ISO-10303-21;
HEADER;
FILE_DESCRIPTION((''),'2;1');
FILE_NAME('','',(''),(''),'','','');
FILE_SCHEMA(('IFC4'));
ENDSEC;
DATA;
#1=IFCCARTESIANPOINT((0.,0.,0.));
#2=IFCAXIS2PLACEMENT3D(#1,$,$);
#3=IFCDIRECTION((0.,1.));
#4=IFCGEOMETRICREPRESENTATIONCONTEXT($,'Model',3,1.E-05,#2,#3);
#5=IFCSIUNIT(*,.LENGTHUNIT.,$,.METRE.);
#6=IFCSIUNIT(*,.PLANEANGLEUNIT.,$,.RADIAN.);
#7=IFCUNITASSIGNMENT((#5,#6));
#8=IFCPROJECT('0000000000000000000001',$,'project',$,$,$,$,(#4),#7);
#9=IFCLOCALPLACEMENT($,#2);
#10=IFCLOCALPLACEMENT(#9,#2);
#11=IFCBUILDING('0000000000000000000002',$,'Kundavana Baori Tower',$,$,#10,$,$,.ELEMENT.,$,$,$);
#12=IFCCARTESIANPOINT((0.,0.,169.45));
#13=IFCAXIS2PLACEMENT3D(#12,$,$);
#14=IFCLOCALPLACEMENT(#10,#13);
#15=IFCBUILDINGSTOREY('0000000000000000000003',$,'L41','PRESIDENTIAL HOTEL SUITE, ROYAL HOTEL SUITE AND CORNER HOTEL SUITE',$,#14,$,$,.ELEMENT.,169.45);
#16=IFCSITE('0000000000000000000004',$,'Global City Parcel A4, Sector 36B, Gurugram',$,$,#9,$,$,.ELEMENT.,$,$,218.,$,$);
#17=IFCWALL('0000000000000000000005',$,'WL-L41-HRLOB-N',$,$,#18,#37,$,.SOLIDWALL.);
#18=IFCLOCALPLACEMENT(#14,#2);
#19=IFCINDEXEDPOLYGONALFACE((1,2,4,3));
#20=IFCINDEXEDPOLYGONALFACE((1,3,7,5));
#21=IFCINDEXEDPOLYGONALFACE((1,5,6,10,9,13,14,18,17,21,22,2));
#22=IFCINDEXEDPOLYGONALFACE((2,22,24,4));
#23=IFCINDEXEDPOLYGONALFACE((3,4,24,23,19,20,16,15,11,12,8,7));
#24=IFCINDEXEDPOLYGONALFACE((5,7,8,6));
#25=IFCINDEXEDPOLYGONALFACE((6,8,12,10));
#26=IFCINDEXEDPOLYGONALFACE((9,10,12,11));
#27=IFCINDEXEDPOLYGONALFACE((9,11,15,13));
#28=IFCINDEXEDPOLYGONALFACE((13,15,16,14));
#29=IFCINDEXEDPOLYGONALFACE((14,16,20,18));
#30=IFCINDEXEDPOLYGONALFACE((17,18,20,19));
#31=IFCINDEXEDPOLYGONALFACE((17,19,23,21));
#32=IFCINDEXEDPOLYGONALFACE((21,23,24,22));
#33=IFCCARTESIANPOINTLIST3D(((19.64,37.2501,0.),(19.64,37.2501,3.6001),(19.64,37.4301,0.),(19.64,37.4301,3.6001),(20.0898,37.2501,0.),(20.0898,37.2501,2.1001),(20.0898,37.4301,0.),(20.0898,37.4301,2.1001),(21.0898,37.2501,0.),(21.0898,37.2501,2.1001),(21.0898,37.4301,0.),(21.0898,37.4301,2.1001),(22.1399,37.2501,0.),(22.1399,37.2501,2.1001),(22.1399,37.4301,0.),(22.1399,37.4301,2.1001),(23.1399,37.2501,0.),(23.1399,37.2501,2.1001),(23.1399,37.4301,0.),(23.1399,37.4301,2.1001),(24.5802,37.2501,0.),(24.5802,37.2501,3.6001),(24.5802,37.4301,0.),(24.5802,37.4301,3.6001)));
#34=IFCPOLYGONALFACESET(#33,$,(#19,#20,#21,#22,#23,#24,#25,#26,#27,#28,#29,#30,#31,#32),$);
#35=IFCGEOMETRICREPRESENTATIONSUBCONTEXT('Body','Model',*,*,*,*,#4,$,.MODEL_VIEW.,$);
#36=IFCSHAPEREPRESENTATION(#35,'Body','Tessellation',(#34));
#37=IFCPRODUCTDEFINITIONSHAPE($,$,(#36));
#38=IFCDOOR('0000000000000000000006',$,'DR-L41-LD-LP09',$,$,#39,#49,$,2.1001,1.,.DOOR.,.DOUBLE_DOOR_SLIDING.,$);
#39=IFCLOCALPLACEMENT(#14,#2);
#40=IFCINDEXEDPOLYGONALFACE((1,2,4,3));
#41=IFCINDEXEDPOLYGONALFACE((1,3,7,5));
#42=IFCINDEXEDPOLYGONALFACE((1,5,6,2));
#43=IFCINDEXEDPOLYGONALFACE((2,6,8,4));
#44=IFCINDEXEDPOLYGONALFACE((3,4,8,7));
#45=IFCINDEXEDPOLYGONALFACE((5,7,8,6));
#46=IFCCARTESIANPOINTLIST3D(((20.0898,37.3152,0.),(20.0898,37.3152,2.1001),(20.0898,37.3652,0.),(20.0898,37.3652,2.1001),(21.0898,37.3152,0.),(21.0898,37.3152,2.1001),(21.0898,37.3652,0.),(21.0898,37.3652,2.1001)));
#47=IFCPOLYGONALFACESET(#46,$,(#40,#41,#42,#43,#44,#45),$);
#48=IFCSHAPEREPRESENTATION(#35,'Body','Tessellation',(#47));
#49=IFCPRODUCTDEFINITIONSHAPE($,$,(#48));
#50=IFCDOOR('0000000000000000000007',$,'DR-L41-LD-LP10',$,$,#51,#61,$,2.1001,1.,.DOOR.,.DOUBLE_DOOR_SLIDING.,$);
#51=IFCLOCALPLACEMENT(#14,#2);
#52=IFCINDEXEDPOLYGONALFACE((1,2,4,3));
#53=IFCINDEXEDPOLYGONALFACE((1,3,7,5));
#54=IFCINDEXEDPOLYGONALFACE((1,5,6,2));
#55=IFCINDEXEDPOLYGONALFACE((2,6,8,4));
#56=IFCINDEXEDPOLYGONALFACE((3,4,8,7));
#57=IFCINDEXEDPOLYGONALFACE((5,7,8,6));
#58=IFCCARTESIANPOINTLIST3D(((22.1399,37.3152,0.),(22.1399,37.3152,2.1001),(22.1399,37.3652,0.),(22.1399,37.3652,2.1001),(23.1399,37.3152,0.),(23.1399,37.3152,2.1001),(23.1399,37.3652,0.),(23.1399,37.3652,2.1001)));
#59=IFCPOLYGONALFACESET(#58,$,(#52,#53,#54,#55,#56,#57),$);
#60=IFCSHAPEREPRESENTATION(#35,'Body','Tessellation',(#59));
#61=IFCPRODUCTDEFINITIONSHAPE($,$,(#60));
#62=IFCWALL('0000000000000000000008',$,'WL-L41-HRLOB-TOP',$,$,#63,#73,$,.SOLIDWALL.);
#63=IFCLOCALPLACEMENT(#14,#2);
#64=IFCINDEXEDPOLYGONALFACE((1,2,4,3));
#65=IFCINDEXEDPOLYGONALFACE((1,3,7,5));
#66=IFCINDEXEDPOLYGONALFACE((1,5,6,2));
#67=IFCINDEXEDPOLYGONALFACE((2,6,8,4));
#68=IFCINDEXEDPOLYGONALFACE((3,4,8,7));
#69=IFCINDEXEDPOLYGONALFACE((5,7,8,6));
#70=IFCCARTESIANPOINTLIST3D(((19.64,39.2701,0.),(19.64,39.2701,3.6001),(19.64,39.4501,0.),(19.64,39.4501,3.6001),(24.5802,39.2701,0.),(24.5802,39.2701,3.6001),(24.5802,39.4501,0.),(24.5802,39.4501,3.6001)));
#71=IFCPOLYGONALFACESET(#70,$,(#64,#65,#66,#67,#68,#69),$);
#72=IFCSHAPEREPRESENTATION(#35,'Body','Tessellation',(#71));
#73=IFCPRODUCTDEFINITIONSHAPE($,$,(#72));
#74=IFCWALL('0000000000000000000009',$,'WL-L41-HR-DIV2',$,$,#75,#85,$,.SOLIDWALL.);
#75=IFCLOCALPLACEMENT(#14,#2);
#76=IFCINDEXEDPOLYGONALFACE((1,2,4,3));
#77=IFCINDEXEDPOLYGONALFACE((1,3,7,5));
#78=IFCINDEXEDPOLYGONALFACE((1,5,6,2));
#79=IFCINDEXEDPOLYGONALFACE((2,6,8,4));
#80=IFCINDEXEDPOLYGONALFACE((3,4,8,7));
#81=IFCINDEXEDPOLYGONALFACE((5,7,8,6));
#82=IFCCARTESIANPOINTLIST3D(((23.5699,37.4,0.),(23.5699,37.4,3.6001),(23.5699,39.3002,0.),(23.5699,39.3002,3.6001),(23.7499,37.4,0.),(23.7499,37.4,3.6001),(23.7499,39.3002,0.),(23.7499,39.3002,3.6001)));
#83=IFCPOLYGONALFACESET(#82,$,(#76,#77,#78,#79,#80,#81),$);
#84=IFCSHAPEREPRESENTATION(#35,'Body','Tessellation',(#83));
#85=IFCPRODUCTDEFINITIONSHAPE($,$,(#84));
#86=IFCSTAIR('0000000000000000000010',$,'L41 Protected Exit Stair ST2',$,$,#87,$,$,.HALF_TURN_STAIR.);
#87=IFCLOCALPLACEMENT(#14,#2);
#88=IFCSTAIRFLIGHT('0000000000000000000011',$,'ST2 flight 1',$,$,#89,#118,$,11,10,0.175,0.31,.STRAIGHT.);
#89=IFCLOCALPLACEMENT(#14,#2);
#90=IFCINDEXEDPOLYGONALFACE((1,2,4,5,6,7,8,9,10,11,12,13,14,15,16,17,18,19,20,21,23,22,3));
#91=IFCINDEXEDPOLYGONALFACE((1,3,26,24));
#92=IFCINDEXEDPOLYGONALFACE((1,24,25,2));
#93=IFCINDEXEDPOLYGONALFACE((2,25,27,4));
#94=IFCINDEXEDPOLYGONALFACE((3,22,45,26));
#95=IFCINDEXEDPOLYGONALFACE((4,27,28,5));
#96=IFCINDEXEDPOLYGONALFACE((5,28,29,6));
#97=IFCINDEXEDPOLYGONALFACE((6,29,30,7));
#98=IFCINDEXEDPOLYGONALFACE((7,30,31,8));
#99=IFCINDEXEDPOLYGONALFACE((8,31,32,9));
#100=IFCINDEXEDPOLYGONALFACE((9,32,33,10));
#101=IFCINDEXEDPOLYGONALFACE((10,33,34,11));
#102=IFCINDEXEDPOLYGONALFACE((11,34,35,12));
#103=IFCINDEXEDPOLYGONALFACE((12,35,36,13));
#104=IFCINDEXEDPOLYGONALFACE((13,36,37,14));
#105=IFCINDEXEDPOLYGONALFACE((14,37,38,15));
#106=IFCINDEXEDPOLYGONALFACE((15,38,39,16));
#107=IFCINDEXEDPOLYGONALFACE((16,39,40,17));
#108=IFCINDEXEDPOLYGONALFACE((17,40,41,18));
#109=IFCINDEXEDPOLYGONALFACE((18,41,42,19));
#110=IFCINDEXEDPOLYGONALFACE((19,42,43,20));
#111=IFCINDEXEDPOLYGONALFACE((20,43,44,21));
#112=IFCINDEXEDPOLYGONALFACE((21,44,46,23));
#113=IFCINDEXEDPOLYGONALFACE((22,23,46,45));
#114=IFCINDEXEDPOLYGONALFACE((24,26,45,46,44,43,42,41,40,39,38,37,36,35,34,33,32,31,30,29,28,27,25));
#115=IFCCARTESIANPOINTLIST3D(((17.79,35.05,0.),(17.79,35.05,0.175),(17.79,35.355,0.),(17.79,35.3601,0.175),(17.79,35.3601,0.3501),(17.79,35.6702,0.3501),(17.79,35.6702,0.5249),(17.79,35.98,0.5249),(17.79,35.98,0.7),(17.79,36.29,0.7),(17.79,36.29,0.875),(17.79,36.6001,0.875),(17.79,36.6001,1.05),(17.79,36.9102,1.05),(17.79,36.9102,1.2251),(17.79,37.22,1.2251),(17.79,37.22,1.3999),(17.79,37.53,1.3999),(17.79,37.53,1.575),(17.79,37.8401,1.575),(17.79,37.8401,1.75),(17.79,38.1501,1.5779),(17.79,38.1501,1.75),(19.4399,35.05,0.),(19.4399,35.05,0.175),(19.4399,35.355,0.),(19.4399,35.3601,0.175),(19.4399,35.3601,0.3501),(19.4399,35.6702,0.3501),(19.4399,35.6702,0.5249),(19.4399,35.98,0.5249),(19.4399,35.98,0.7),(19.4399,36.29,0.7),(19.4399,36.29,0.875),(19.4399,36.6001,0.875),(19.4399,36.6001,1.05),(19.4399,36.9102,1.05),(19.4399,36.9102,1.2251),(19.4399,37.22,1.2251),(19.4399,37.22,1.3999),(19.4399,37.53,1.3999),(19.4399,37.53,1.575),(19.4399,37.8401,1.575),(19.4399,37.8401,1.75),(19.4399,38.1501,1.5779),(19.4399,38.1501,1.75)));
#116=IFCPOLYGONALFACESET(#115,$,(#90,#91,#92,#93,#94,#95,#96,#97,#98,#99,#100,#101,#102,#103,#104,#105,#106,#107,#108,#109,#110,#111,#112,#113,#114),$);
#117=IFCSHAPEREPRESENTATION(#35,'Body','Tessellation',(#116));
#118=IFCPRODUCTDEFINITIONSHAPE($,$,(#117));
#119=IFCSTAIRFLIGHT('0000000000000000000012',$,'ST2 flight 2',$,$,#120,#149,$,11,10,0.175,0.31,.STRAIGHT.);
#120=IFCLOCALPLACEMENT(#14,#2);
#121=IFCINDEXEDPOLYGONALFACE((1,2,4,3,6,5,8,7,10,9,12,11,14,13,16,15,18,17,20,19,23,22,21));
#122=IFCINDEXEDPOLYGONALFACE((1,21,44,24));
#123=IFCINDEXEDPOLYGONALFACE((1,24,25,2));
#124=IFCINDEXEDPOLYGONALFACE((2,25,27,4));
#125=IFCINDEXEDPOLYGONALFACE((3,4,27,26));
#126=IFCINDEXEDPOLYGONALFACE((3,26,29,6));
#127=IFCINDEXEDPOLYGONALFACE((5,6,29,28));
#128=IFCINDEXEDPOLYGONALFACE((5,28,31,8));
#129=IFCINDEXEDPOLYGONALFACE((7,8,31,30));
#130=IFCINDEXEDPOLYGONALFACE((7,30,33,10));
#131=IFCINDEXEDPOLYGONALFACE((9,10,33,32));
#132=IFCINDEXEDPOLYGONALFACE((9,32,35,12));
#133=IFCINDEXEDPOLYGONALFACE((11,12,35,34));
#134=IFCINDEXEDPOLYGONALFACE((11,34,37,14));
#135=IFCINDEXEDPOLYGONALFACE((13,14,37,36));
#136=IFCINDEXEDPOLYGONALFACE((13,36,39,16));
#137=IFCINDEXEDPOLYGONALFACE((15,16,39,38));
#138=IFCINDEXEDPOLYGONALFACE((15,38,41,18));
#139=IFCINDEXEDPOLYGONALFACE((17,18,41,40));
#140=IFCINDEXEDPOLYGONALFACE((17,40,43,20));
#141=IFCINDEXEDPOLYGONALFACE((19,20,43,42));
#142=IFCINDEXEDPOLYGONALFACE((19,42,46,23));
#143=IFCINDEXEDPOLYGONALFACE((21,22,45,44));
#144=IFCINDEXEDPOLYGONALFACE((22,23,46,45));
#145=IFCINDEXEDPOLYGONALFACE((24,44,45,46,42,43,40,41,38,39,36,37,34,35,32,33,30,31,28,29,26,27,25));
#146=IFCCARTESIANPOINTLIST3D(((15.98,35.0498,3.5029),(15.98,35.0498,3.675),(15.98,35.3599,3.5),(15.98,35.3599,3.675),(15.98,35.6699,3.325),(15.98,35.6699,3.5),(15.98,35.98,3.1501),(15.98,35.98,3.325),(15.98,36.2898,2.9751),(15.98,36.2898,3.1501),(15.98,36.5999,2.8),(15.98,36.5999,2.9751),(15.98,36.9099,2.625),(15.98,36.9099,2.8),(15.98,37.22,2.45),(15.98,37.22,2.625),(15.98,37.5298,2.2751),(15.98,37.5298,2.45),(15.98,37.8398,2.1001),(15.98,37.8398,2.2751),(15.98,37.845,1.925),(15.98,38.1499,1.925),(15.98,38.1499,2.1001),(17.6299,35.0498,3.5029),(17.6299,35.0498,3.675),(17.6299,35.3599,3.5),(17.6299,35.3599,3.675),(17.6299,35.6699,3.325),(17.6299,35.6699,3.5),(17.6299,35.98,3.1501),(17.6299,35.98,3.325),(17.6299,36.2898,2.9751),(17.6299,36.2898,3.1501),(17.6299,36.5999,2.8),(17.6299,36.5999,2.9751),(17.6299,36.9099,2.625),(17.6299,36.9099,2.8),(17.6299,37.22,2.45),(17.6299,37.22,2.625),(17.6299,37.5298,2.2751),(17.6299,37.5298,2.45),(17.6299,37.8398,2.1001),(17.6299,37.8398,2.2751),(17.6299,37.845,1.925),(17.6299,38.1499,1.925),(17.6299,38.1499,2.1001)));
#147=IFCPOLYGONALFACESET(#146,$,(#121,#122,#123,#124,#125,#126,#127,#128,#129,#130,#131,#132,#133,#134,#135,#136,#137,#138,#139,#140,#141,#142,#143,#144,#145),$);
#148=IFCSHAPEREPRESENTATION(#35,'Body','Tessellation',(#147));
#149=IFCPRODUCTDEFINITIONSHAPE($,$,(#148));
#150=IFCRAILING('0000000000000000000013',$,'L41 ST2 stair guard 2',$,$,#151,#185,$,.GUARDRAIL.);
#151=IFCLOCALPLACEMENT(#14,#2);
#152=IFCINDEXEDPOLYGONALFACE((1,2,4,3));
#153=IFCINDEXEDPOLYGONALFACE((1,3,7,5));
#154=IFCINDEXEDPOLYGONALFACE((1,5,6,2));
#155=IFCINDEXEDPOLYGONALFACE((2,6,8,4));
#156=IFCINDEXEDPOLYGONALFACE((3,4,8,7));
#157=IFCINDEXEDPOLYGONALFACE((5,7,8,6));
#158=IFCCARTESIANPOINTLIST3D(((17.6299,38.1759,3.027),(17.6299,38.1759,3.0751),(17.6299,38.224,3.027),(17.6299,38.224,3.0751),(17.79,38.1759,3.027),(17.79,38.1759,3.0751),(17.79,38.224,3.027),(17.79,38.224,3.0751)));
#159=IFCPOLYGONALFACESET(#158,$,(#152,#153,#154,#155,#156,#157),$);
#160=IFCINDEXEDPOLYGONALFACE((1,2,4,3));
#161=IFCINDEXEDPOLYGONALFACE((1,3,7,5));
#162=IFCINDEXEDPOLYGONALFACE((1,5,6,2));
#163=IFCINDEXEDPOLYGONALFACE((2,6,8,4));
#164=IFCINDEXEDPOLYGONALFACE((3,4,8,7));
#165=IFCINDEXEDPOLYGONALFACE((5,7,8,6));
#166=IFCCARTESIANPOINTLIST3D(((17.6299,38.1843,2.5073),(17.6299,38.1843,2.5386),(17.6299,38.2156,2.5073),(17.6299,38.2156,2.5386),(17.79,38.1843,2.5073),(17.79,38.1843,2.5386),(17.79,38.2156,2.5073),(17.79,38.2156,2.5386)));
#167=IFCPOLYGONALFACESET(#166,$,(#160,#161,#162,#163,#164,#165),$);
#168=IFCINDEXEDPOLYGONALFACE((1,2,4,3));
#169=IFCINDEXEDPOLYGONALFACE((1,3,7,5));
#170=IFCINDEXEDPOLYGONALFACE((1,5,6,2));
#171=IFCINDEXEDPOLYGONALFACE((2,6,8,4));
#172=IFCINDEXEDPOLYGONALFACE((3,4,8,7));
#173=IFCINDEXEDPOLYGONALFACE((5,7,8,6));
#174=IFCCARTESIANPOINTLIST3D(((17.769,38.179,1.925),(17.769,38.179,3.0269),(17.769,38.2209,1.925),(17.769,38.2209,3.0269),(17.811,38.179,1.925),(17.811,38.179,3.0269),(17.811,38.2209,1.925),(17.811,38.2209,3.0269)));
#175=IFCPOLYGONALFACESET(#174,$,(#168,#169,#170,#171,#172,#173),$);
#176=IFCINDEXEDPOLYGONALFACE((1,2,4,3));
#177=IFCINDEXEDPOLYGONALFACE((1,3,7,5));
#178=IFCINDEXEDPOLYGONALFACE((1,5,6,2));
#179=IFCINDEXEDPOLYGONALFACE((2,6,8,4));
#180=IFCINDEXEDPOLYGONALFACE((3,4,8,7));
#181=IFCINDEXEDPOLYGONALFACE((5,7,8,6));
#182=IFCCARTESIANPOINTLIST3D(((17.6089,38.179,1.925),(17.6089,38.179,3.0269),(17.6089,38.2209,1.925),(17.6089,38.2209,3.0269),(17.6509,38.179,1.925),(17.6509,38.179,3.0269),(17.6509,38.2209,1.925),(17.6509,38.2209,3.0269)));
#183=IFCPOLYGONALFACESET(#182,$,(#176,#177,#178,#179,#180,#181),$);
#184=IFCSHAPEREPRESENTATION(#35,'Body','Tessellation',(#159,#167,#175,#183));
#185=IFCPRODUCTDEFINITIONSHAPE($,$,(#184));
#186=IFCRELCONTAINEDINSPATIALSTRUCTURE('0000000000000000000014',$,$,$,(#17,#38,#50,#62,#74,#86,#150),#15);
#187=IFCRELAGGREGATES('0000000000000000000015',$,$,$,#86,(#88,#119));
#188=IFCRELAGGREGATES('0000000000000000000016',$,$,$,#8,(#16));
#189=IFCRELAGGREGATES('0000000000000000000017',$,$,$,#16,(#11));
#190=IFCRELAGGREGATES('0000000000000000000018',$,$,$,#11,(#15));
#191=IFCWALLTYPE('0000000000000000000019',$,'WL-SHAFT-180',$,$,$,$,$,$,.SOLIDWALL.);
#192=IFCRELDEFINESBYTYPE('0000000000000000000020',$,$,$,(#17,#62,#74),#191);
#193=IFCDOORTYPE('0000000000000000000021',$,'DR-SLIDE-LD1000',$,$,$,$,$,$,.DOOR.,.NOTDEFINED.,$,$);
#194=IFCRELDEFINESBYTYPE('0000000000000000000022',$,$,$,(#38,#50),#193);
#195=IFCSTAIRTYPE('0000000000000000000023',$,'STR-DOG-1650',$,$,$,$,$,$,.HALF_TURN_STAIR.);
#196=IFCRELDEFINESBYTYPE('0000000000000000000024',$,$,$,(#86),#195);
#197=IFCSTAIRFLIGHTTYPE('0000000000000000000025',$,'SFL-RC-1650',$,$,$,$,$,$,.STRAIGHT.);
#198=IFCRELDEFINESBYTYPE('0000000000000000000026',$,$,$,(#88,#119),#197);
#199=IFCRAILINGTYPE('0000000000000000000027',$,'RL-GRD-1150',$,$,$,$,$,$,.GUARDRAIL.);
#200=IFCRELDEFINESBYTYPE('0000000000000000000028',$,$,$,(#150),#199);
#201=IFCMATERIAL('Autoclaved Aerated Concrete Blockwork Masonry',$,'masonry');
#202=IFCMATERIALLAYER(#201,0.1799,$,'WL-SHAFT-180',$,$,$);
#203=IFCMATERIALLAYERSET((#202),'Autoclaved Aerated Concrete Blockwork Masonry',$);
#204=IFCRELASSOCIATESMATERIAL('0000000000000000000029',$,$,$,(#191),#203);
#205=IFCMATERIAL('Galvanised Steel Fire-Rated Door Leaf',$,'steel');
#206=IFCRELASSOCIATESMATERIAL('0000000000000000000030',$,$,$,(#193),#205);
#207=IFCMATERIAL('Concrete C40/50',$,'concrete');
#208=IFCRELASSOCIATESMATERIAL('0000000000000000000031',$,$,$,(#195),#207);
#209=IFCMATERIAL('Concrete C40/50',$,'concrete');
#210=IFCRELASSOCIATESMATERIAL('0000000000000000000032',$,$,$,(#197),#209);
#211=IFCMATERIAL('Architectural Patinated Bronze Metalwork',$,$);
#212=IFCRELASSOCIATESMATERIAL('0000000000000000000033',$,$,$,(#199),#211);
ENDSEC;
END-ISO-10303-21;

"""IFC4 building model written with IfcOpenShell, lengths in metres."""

from ifc_helpers import new_model, si_unit, direction, frame, frame_2d, origin, origin_2d, place, context, subcontext, project, spatial, polyline, rectangle, outline, extrude, material, layer, layer_set, type_object, element, fill, aggregate, save


model = new_model("IFC4")

# Units and contexts
model_context = context("Model", 3, precision=1e-05, world=origin(), true_north=direction((0.0, 1.0)))
body_context = subcontext(model_context, "Body", "Model", "MODEL_VIEW")
ifc_project = project(units=[si_unit("LENGTHUNIT", "METRE"), si_unit("PLANEANGLEUNIT", "RADIAN")], contexts=[model_context])

# Site, building, storey
site_placement = place(None, origin())
site = spatial("IfcSite", under=ifc_project, at=site_placement, Name="Global City Parcel A4, Sector 36B, Gurugram", CompositionType="ELEMENT", RefElevation=218.0)
building_placement = place(site_placement, origin())
building = spatial("IfcBuilding", under=site, at=building_placement, Name="Kundavana Baori Tower", CompositionType="ELEMENT")
storey_placement = place(building_placement, frame((0.0, 0.0, 169.45)))
storey = spatial("IfcBuildingStorey", under=building, at=storey_placement, Name="L41", Description="PRESIDENTIAL HOTEL SUITE, ROYAL HOTEL SUITE AND CORNER HOTEL SUITE", CompositionType="ELEMENT", Elevation=169.45)

# Shared definitions
ifc_material_1 = material(Name="Autoclaved Aerated Concrete Blockwork Masonry", Category="masonry")
ifc_layer_1 = layer(ifc_material_1, 0.1799, Name="WL-SHAFT-180")
ifc_layer_set_1 = layer_set([ifc_layer_1], Name="Autoclaved Aerated Concrete Blockwork Masonry")
wall_type_1 = type_object("IfcWallType", Name="WL-SHAFT-180", PredefinedType="SOLIDWALL", material=ifc_layer_set_1)
ifc_material_2 = material(Name="Galvanised Steel Fire-Rated Door Leaf", Category="steel")
door_type_1 = type_object("IfcDoorType", Name="DR-SLIDE-LD1000", OperationType="NOTDEFINED", PredefinedType="DOOR", material=ifc_material_2)

# Wall, openings, doors
wall_1_placement = place(storey_placement, frame((19.6399, 37.3401, 0.0), z_axis=(0.0, 0.0, 1.0), x_axis=(1.0, 0.0, 0.0)))
wall_1 = element("IfcWall", 1, at=wall_1_placement, inside=storey, type_object=wall_type_1, Name="WL-L41-HRLOB-N", PredefinedType="SOLIDWALL", context=body_context, shape_type="SweptSolid", body=[
    extrude(rectangle(XDim=4.9402, YDim=0.1799, at=frame_2d((2.4702, 0.0))), origin(), (0.0, 0.0, 1.0), 3.6001),
])
opening_1_placement = place(wall_1_placement, frame((0.45, 0.0, 0.0)))
opening_1 = element("IfcOpeningElement", 2, at=opening_1_placement, cuts=wall_1, PredefinedType="OPENING", context=body_context, shape_type="SweptSolid", body=[
    extrude(rectangle(XDim=1.0, YDim=2.1001, at=frame_2d((0.5, 1.05))), frame((0.0, 0.1001, 0.0), z_axis=(0.0, -1.0, 0.0), x_axis=(1.0, 0.0, 0.0)), (0.0, 0.0, 1.0), 0.2),
])
opening_2_placement = place(wall_1_placement, frame((2.5, 0.0, 0.0)))
opening_2 = element("IfcOpeningElement", 3, at=opening_2_placement, cuts=wall_1, PredefinedType="OPENING", context=body_context, shape_type="SweptSolid", body=[
    extrude(rectangle(XDim=1.0, YDim=2.1001, at=frame_2d((0.5, 1.05))), frame((0.0, 0.1001, 0.0), z_axis=(0.0, -1.0, 0.0), x_axis=(1.0, 0.0, 0.0)), (0.0, 0.0, 1.0), 0.2),
])
door_1_placement = place(opening_1_placement, frame((1.0, 0.0, 0.0), z_axis=(0.0, 0.0, 1.0), x_axis=(-1.0, 0.0, 0.0)))
door_1 = element("IfcDoor", 4, at=door_1_placement, inside=storey, type_object=door_type_1, Name="DR-L41-LD-LP09", OperationType="DOUBLE_DOOR_SLIDING", OverallHeight=2.1001, OverallWidth=1.0, PredefinedType="DOOR", context=body_context, shape_type="SweptSolid", body=[
    extrude(rectangle(XDim=1.0, YDim=2.1001, at=frame_2d((0.5, 1.05))), frame((0.0, 0.0249, 0.0), z_axis=(0.0, -1.0, 0.0), x_axis=(1.0, 0.0, 0.0)), (0.0, 0.0, 1.0), 0.05),
])
fill(opening_1, door_1)
door_2_placement = place(opening_2_placement, frame((1.0, 0.0, 0.0), z_axis=(0.0, 0.0, 1.0), x_axis=(-1.0, 0.0, 0.0)))
door_2 = element("IfcDoor", 5, at=door_2_placement, inside=storey, type_object=door_type_1, Name="DR-L41-LD-LP10", OperationType="DOUBLE_DOOR_SLIDING", OverallHeight=2.1001, OverallWidth=1.0, PredefinedType="DOOR", context=body_context, shape_type="SweptSolid", body=[
    extrude(rectangle(XDim=1.0, YDim=2.1001, at=frame_2d((0.5, 1.05))), frame((0.0, 0.0249, 0.0), z_axis=(0.0, -1.0, 0.0), x_axis=(1.0, 0.0, 0.0)), (0.0, 0.0, 1.0), 0.05),
])
fill(opening_2, door_2)

# Walls
wall_2_placement = place(storey_placement, frame((19.6399, 39.3601, 0.0), z_axis=(0.0, 0.0, 1.0), x_axis=(1.0, 0.0, 0.0)))
element("IfcWall", 6, at=wall_2_placement, inside=storey, type_object=wall_type_1, Name="WL-L41-HRLOB-TOP", PredefinedType="SOLIDWALL", context=body_context, shape_type="SweptSolid", body=[
    extrude(rectangle(XDim=4.9402, YDim=0.1799, at=frame_2d((2.4702, 0.0))), origin(), (0.0, 0.0, 1.0), 3.6001),
])
wall_3_placement = place(storey_placement, frame((23.6599, 37.3999, 0.0), z_axis=(0.0, 0.0, 1.0), x_axis=(0.0, 1.0, 0.0)))
element("IfcWall", 7, at=wall_3_placement, inside=storey, type_object=wall_type_1, Name="WL-L41-HR-DIV2", PredefinedType="SOLIDWALL", context=body_context, shape_type="SweptSolid", body=[
    extrude(rectangle(XDim=1.9001, YDim=0.1799, at=frame_2d((0.9502, 0.0))), origin(), (0.0, 0.0, 1.0), 3.6001),
])

# Stair, stair flights
ifc_material_3 = material(Name="Concrete C40/50", Category="concrete")
stair_type = type_object("IfcStairType", Name="STR-DOG-1650", PredefinedType="HALF_TURN_STAIR", material=ifc_material_3)
stair_placement = place(storey_placement, origin())
stair = element("IfcStair", 8, at=stair_placement, inside=storey, type_object=stair_type, Name="L41 Protected Exit Stair ST2", PredefinedType="HALF_TURN_STAIR")
ifc_material_4 = material(Name="Concrete C40/50", Category="concrete")
stair_flight_type = type_object("IfcStairFlightType", Name="SFL-RC-1650", PredefinedType="STRAIGHT", material=ifc_material_4)
stair_flight_1_placement = place(storey_placement, frame((18.615, 35.05, 0.0), z_axis=(0.0, 0.0, 1.0), x_axis=(0.0, 1.0, 0.0)))
stair_flight_1 = element("IfcStairFlight", 9, at=stair_flight_1_placement, type_object=stair_flight_type, Name="ST2 flight 1", NumberOfRisers=11, NumberOfTreads=10, PredefinedType="STRAIGHT", RiserHeight=0.175, TreadLength=0.31, context=body_context, shape_type="SweptSolid", body=[
    extrude(outline(polyline([(0.0, 0.0), (0.0, 0.175), (0.3101, 0.175), (0.3101, 0.3501), (0.6201, 0.3501), (0.6201, 0.5249), (0.9299, 0.5249), (0.9299, 0.7), (1.24, 0.7), (1.24, 0.875), (1.55, 0.875), (1.55, 1.05), (1.8601, 1.05), (1.8601, 1.2251), (2.1699, 1.2251), (2.1699, 1.3999), (2.48, 1.3999), (2.48, 1.575), (2.79, 1.575), (2.79, 1.75), (3.1001, 1.75), (3.1001, 1.925), (3.1001, 1.5779), (0.3049, 0.0), (0.0, 0.0)])), frame((0.0, 0.825, 0.0), z_axis=(0.0, -1.0, 0.0), x_axis=(1.0, 0.0, 0.0)), (0.0, 0.0, 1.0), 1.6499),
])
stair_flight_2_placement = place(storey_placement, frame((16.8049, 38.1499, 1.925), z_axis=(0.0, 0.0, 1.0), x_axis=(0.0, -1.0, 0.0)))
stair_flight_2 = element("IfcStairFlight", 10, at=stair_flight_2_placement, type_object=stair_flight_type, Name="ST2 flight 2", NumberOfRisers=11, NumberOfTreads=10, PredefinedType="STRAIGHT", RiserHeight=0.175, TreadLength=0.31, context=body_context, shape_type="SweptSolid", body=[
    extrude(outline(polyline([(0.0, 0.0), (0.0, 0.175), (0.3101, 0.175), (0.3101, 0.3501), (0.6201, 0.3501), (0.6201, 0.5249), (0.9299, 0.5249), (0.9299, 0.7), (1.24, 0.7), (1.24, 0.875), (1.55, 0.875), (1.55, 1.05), (1.8601, 1.05), (1.8601, 1.2251), (2.1699, 1.2251), (2.1699, 1.3999), (2.48, 1.3999), (2.48, 1.575), (2.79, 1.575), (2.79, 1.75), (3.1001, 1.75), (3.1001, 1.925), (3.1001, 1.5779), (0.3049, 0.0), (0.0, 0.0)])), frame((0.0, 0.825, 0.0), z_axis=(0.0, -1.0, 0.0), x_axis=(1.0, 0.0, 0.0)), (0.0, 0.0, 1.0), 1.6499),
])
aggregate(stair, [stair_flight_1, stair_flight_2])

# Railing
ifc_material_5 = material(Name="Architectural Patinated Bronze Metalwork")
railing_type_1 = type_object("IfcRailingType", Name="RL-GRD-1150", PredefinedType="GUARDRAIL", material=ifc_material_5)
railing_1_placement = place(storey_placement, frame((17.79, 38.2, 1.925)))
element("IfcRailing", 11, at=railing_1_placement, inside=storey, type_object=railing_type_1, Name="L41 ST2 stair guard 2", PredefinedType="GUARDRAIL", context=body_context, shape_type="SweptSolid", body=[
    extrude(rectangle(XDim=0.0481, YDim=0.0481, at=origin_2d()), frame((0.0, 0.0, 1.126), z_axis=(-1.0, 0.0, 0.0), x_axis=(0.0, -1.0, 0.0)), (0.0, 0.0, 1.0), 0.1602),
    extrude(rectangle(XDim=0.0312, YDim=0.0312, at=origin_2d()), frame((0.0, 0.0, 0.5979), z_axis=(-1.0, 0.0, 0.0), x_axis=(0.0, -1.0, 0.0)), (0.0, 0.0, 1.0), 0.1602),
    extrude(rectangle(XDim=0.042, YDim=0.042, at=origin_2d()), origin(), (0.0, 0.0, 1.0), 1.1018),
    extrude(rectangle(XDim=0.042, YDim=0.042, at=origin_2d()), frame((-0.1602, 0.0, 0.0)), (0.0, 0.0, 1.0), 1.1018),
])

save(model, "model.ifc")
